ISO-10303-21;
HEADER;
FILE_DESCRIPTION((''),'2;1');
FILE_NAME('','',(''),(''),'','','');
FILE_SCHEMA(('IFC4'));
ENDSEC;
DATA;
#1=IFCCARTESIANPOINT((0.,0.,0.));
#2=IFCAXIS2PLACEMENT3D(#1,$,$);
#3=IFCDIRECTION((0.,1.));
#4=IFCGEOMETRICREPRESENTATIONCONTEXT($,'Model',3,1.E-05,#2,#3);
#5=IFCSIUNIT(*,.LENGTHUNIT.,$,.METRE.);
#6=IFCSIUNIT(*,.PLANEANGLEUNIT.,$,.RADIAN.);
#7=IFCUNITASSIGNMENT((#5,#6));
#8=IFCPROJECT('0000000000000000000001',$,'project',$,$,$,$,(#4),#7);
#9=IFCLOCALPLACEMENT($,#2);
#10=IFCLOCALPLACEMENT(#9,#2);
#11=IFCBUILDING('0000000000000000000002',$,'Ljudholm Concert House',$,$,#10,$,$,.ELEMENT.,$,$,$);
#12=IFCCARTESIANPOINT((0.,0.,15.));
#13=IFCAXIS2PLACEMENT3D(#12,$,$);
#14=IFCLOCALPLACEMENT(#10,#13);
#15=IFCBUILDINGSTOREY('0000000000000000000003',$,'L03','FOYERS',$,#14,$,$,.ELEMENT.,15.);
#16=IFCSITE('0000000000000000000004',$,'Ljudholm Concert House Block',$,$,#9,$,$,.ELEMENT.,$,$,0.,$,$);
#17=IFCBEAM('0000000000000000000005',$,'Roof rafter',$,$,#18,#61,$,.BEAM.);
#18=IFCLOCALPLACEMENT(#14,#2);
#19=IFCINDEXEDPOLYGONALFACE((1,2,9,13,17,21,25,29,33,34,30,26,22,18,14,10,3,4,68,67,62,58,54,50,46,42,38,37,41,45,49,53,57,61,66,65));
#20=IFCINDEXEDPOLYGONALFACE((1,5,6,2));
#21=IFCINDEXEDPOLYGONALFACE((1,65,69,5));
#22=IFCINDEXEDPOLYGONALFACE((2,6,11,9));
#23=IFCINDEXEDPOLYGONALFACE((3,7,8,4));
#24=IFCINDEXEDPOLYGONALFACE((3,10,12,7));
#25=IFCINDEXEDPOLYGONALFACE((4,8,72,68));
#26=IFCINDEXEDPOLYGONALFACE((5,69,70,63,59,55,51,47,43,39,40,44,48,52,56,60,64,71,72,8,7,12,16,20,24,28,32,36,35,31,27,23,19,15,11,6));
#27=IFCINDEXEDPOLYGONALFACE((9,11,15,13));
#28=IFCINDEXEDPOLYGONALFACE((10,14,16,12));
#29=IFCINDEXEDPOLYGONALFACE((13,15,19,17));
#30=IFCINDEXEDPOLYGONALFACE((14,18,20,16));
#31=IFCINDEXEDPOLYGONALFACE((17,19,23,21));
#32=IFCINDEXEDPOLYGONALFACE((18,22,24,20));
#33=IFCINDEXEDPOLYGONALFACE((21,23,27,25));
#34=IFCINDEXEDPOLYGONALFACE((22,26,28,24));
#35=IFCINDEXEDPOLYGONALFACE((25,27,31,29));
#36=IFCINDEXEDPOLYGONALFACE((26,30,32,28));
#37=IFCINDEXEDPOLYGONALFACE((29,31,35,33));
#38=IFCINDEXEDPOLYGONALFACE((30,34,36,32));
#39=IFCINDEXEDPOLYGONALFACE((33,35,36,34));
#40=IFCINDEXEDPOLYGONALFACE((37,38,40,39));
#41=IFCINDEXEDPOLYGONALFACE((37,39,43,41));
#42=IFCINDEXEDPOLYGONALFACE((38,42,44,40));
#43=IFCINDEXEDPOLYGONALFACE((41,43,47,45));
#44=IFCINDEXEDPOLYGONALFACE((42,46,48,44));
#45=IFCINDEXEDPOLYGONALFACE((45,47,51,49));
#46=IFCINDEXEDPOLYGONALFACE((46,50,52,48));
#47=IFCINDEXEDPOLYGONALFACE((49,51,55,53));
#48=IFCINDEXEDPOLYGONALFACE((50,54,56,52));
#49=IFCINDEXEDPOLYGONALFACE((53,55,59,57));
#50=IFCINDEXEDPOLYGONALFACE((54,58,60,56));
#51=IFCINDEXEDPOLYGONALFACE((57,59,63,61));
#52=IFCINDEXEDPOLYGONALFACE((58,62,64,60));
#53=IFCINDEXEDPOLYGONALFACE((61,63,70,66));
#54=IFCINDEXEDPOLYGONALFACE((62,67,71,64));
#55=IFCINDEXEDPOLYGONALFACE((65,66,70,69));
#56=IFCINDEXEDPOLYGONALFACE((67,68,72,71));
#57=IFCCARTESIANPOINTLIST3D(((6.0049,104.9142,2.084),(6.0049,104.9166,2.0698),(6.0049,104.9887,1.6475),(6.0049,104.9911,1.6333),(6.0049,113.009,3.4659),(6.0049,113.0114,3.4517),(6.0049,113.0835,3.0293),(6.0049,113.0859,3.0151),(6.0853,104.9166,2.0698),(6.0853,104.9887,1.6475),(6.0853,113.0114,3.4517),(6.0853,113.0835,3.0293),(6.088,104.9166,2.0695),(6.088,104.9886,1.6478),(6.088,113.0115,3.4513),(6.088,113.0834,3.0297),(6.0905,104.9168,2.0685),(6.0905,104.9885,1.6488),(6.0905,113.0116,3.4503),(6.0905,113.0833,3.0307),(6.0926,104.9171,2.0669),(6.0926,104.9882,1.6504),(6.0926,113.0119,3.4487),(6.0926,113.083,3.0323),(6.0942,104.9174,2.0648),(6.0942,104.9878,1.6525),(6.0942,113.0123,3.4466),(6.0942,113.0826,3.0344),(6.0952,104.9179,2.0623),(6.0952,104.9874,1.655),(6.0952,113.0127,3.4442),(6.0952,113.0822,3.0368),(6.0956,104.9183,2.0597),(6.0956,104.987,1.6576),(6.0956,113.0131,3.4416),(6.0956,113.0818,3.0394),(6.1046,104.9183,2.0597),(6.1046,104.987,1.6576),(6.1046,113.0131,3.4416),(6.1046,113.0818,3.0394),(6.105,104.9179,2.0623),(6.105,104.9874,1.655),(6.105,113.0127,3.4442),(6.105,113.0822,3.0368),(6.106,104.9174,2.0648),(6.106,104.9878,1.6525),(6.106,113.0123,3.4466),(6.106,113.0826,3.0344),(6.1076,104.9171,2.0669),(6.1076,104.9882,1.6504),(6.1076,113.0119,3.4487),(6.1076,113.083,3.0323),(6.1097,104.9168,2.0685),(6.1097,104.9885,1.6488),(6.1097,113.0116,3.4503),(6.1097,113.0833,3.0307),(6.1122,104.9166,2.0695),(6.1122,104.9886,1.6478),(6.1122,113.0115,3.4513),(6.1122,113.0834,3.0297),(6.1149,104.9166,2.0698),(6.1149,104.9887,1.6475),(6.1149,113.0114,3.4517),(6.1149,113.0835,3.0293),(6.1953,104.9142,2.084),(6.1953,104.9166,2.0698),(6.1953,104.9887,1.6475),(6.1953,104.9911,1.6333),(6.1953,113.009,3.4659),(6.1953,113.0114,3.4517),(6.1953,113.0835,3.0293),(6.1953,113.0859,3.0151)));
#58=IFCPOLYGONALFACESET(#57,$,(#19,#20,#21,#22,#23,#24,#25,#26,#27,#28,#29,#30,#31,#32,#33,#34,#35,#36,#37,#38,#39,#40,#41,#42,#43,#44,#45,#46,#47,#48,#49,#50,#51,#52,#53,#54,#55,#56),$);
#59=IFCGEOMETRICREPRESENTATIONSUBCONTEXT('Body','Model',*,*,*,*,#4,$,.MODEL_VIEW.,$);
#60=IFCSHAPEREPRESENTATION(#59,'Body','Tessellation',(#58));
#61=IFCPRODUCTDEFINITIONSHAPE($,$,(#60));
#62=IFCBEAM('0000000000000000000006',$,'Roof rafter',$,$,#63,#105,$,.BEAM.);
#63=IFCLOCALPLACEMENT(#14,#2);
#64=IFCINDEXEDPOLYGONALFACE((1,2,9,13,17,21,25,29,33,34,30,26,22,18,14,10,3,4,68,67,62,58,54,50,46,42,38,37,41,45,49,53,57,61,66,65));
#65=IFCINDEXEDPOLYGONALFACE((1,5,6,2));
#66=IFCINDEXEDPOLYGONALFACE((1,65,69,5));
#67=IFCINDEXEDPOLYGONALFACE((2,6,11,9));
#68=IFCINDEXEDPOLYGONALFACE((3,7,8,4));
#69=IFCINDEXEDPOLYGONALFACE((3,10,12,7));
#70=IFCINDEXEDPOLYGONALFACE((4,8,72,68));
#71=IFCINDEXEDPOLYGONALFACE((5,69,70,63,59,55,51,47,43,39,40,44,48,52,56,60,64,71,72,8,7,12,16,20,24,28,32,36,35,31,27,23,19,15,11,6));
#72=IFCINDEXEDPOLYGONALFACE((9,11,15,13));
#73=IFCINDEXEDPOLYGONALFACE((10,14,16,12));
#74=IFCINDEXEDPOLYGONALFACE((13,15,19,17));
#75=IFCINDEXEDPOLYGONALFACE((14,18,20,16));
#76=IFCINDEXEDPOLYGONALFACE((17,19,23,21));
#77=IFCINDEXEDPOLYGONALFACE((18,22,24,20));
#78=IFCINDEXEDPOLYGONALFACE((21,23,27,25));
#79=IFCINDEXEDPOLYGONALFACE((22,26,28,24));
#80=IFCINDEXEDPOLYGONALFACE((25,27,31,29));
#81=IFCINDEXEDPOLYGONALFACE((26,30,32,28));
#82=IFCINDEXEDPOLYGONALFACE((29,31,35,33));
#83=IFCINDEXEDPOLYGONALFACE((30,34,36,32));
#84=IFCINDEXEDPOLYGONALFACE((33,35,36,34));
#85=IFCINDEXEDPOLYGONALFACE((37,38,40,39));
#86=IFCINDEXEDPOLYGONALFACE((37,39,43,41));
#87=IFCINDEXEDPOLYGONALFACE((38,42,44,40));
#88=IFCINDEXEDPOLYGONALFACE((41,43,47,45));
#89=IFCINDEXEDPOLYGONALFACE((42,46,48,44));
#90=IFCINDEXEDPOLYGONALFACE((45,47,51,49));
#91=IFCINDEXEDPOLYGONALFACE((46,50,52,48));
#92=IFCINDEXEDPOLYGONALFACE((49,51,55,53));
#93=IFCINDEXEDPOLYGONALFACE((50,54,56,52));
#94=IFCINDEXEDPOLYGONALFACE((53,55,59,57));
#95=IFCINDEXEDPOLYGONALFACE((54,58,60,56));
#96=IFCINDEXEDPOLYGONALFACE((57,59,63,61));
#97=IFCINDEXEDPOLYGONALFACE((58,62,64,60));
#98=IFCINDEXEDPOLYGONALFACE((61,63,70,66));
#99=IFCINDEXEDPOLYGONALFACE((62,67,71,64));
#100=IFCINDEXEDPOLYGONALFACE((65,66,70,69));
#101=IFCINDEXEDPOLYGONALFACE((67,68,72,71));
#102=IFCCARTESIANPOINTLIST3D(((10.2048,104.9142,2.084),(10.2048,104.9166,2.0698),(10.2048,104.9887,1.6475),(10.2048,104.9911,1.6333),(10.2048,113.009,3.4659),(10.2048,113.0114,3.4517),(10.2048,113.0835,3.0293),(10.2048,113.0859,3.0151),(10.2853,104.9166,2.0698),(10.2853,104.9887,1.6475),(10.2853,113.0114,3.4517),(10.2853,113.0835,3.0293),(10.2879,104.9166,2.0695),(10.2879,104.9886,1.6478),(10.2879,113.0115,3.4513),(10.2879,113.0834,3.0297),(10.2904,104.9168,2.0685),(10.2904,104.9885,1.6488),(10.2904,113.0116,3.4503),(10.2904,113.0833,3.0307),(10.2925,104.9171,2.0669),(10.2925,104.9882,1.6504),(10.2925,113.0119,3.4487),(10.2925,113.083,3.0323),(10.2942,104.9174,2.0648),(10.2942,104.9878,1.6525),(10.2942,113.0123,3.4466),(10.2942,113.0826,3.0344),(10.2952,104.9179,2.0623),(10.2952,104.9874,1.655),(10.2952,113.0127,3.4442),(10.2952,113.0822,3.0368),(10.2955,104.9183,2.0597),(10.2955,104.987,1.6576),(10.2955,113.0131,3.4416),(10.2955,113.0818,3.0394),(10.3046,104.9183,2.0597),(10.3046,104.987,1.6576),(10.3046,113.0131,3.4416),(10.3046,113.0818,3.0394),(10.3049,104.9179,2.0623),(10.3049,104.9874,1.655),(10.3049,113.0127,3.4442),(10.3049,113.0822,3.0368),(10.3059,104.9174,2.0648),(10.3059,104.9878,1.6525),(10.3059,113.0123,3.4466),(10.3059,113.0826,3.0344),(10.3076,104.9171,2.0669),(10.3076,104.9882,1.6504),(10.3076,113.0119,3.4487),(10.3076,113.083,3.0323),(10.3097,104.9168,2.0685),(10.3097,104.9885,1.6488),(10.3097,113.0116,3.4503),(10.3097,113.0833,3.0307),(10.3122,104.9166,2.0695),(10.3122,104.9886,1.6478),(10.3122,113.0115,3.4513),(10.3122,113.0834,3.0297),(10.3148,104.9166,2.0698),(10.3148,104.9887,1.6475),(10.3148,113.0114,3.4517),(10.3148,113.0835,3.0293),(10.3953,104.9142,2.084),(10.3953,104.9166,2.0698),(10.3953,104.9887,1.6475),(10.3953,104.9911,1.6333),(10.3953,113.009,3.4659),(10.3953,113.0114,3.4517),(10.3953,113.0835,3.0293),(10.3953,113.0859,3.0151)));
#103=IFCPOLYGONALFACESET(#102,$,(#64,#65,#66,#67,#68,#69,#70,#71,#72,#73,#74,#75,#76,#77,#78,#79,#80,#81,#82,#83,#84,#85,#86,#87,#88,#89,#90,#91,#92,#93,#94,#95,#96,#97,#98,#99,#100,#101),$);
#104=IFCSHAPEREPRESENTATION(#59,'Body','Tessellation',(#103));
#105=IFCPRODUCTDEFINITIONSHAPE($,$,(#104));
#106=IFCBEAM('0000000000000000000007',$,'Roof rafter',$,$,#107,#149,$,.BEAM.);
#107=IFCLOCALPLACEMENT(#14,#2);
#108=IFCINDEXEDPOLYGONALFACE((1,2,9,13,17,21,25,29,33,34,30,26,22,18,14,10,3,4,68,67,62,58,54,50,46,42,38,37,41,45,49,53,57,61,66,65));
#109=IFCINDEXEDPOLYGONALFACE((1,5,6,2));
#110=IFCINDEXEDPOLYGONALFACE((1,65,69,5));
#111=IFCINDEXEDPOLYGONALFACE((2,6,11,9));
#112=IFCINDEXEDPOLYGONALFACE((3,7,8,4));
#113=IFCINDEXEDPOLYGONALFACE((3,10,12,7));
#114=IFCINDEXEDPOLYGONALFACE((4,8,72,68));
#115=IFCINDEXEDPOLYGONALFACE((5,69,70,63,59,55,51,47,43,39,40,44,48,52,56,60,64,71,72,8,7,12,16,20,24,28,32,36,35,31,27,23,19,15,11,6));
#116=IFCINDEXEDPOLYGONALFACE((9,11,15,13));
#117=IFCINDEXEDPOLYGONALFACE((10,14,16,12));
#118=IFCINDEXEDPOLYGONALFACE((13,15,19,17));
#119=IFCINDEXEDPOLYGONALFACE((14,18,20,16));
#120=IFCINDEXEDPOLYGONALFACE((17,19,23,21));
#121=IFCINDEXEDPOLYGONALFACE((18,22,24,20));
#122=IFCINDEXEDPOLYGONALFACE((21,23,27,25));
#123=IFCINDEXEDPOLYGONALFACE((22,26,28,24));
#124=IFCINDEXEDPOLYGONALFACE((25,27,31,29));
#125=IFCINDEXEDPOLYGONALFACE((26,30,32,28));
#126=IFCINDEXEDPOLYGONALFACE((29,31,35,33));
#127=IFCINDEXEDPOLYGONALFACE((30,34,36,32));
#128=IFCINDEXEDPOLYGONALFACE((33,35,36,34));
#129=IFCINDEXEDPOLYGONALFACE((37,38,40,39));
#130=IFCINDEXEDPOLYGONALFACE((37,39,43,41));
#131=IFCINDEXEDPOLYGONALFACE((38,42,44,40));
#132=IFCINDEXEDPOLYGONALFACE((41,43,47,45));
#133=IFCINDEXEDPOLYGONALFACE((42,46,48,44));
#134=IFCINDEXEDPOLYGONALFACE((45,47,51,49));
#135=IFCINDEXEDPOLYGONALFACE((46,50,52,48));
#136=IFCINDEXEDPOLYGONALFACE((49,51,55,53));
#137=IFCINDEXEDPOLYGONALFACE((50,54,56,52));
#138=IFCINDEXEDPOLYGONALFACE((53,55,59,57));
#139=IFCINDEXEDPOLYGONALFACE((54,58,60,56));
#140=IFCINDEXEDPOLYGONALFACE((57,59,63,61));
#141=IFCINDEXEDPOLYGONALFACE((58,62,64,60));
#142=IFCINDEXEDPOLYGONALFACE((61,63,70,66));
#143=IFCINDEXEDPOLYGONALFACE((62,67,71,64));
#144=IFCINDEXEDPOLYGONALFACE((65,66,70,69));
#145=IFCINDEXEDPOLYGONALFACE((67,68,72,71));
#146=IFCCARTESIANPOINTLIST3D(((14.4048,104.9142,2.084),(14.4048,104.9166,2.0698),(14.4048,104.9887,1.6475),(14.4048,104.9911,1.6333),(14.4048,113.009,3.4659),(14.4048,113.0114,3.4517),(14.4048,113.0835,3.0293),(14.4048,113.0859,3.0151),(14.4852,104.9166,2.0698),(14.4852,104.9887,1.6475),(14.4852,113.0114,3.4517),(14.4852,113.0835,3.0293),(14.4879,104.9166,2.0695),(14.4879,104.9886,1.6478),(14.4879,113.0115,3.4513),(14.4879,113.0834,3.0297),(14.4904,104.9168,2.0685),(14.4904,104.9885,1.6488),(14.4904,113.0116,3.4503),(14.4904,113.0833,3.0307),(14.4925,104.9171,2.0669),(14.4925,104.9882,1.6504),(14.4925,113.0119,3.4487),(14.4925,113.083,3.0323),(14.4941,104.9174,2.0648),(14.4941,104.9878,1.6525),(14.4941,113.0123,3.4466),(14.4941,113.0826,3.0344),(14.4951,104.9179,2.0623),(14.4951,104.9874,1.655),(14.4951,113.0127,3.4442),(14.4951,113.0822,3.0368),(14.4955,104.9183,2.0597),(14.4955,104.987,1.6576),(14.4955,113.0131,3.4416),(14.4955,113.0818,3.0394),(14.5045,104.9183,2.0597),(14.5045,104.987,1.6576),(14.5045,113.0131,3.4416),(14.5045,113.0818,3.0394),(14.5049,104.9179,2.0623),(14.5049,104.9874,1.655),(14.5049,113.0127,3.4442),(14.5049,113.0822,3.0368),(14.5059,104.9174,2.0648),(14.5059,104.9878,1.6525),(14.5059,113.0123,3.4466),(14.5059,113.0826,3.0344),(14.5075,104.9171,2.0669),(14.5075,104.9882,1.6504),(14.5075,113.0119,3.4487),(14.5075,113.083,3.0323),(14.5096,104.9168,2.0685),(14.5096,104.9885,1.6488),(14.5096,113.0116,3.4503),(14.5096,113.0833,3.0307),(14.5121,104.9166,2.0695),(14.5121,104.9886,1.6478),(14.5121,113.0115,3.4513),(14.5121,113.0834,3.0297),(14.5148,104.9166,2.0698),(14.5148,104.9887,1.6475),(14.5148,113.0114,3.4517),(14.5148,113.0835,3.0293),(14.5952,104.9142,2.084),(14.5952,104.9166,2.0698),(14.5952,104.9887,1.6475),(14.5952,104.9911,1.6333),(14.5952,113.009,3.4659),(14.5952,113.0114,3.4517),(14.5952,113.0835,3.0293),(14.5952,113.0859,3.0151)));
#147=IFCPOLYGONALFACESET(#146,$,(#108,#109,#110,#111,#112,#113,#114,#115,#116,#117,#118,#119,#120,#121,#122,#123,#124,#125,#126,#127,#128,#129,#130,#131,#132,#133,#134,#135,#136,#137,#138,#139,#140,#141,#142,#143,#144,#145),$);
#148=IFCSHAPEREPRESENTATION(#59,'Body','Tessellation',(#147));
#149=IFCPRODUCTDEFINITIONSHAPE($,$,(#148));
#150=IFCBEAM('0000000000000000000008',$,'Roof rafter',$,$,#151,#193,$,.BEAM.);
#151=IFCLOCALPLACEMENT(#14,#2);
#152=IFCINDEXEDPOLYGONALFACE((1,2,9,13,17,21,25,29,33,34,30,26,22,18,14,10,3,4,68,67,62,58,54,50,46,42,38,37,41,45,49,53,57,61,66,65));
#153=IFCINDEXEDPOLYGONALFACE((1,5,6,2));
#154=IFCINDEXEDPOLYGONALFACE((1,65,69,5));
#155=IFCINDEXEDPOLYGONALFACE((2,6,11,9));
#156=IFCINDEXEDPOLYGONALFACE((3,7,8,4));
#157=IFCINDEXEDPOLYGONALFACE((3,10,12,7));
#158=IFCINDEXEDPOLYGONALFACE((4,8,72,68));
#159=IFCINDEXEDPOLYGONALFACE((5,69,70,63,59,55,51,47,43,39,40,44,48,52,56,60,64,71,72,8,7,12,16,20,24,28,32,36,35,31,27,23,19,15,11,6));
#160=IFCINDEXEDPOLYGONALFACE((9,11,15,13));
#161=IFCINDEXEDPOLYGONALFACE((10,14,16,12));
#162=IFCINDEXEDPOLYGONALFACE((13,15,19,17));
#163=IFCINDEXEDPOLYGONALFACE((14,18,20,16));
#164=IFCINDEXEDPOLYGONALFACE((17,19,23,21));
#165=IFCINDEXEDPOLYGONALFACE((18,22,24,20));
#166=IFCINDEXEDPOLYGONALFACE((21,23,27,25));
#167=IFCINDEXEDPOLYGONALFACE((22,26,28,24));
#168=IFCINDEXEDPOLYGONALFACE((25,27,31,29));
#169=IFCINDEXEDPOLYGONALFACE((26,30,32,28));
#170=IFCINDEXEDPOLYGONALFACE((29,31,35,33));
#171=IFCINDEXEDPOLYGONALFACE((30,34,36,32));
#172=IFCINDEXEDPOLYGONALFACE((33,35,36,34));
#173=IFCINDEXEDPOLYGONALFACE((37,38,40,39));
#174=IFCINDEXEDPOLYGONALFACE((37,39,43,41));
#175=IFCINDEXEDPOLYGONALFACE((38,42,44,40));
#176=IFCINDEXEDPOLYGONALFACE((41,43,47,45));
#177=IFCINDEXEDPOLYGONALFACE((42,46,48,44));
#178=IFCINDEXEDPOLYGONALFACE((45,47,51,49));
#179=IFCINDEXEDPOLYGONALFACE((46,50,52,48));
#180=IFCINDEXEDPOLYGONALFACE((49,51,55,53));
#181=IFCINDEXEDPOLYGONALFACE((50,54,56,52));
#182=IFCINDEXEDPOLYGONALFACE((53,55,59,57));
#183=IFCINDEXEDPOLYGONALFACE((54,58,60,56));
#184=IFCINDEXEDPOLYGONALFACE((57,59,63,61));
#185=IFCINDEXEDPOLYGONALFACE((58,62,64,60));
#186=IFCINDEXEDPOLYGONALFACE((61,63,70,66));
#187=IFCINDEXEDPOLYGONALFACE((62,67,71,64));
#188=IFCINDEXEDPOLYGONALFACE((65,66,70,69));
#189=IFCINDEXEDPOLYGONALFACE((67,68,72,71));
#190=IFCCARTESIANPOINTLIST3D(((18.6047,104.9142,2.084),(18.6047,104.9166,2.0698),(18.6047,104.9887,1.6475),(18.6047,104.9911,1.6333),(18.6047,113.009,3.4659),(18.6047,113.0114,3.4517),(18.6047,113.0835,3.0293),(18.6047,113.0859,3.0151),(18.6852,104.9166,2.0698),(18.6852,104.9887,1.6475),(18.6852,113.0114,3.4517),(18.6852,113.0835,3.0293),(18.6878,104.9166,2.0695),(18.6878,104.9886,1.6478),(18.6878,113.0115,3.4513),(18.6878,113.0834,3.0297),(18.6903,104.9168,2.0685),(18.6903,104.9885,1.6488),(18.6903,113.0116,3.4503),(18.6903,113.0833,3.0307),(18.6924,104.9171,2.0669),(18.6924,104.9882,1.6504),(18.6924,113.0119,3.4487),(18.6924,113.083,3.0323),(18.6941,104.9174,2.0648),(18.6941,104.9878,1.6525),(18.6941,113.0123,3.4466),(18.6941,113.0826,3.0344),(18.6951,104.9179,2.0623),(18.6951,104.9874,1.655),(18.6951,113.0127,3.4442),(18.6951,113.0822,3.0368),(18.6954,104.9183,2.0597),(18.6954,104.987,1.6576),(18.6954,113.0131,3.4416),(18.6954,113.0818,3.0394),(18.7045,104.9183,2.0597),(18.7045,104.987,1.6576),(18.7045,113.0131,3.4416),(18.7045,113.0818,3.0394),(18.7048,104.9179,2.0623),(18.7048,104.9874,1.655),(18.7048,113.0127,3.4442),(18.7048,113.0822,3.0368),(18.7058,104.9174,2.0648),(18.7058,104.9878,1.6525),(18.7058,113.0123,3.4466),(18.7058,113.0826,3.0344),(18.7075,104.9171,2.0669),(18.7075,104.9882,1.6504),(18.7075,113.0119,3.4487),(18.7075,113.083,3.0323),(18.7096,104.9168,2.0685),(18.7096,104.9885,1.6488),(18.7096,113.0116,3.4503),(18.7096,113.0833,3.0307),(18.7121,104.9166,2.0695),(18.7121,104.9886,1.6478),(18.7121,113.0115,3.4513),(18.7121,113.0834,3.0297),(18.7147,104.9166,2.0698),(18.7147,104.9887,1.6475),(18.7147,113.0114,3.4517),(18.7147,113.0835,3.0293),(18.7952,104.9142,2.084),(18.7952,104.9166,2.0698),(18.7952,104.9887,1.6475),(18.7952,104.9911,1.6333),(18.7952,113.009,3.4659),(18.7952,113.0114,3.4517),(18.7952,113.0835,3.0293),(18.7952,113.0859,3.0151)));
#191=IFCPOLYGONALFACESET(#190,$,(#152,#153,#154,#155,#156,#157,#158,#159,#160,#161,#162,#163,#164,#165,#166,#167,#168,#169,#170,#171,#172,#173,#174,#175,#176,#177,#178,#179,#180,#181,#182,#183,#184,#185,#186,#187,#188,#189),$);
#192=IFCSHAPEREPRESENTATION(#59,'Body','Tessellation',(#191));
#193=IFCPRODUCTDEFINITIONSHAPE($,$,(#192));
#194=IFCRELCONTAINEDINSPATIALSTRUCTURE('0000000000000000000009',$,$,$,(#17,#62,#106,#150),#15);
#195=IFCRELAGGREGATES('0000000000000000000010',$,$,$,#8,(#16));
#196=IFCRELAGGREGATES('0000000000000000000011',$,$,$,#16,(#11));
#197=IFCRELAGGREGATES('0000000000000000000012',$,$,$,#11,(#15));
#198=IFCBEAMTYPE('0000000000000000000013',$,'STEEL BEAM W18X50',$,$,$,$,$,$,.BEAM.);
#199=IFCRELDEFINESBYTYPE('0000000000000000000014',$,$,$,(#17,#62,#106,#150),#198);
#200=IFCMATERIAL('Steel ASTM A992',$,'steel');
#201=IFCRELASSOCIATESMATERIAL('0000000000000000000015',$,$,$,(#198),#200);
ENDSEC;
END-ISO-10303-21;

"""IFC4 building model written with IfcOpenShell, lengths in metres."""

from ifc_helpers import new_model, si_unit, direction, frame, origin, origin_2d, place, context, subcontext, project, spatial, i_section, extrude, material, material_profile, profile_set, type_object, element, save


model = new_model("IFC4")

# Units and contexts
model_context = context("Model", 3, precision=1e-05, world=origin(), true_north=direction((0.0, 1.0)))
body_context = subcontext(model_context, "Body", "Model", "MODEL_VIEW")
ifc_project = project(units=[si_unit("LENGTHUNIT", "METRE"), si_unit("PLANEANGLEUNIT", "RADIAN")], contexts=[model_context])

# Site, building, storey
site_placement = place(None, origin())
site = spatial("IfcSite", under=ifc_project, at=site_placement, Name="Ljudholm Concert House Block", CompositionType="ELEMENT", RefElevation=0.0)
building_placement = place(site_placement, origin())
building = spatial("IfcBuilding", under=site, at=building_placement, Name="Ljudholm Concert House", CompositionType="ELEMENT")
storey_placement = place(building_placement, frame((0.0, 0.0, 15.0)))
storey = spatial("IfcBuildingStorey", under=building, at=storey_placement, Name="L03", Description="FOYERS", CompositionType="ELEMENT", Elevation=15.0)

# Beams
ifc_material_1 = material(Name="Steel ASTM A992", Category="steel")
ifc_material_profile_1 = material_profile(ifc_material_1, i_section(OverallWidth=0.1904, OverallDepth=0.4573, WebThickness=0.009, FlangeThickness=0.0144, FilletRadius=0.0103, at=origin_2d()), Name="W18X50")
ifc_profile_set_1 = profile_set([ifc_material_profile_1], Name="Steel ASTM A992")
beam_type_1 = type_object("IfcBeamType", Name="STEEL BEAM W18X50", PredefinedType="BEAM", material=ifc_profile_set_1)
for number, where, z_axis, x_axis, name in (
    (1, (6.1001, 104.9526, 1.8586), (0.0, 0.98574, 0.168274), (-1.0, 0.0, 0.0), "Roof rafter"),
    (2, (10.3, 104.9526, 1.8586), (0.0, 0.98574, 0.168274), (-1.0, 0.0, 0.0), "Roof rafter"),
    (3, (14.5, 104.9526, 1.8586), (0.0, 0.98574, 0.168274), (-1.0, 0.0, 0.0), "Roof rafter"),
    (4, (18.7, 104.9526, 1.8586), (0.0, 0.98574, 0.168274), (-1.0, 0.0, 0.0), "Roof rafter"),
):
    element("IfcBeam", number, at=place(storey_placement, frame(where, z_axis=z_axis, x_axis=x_axis)), inside=storey, type_object=beam_type_1, Name=name, PredefinedType="BEAM", context=body_context, shape_type="SweptSolid", body=[
        extrude(i_section(OverallWidth=0.1904, OverallDepth=0.4573, WebThickness=0.009, FlangeThickness=0.0144, FilletRadius=0.0103, at=origin_2d()), origin(), (0.0, 0.0, 1.0), 8.2119),
    ])

save(model, "model.ifc")
